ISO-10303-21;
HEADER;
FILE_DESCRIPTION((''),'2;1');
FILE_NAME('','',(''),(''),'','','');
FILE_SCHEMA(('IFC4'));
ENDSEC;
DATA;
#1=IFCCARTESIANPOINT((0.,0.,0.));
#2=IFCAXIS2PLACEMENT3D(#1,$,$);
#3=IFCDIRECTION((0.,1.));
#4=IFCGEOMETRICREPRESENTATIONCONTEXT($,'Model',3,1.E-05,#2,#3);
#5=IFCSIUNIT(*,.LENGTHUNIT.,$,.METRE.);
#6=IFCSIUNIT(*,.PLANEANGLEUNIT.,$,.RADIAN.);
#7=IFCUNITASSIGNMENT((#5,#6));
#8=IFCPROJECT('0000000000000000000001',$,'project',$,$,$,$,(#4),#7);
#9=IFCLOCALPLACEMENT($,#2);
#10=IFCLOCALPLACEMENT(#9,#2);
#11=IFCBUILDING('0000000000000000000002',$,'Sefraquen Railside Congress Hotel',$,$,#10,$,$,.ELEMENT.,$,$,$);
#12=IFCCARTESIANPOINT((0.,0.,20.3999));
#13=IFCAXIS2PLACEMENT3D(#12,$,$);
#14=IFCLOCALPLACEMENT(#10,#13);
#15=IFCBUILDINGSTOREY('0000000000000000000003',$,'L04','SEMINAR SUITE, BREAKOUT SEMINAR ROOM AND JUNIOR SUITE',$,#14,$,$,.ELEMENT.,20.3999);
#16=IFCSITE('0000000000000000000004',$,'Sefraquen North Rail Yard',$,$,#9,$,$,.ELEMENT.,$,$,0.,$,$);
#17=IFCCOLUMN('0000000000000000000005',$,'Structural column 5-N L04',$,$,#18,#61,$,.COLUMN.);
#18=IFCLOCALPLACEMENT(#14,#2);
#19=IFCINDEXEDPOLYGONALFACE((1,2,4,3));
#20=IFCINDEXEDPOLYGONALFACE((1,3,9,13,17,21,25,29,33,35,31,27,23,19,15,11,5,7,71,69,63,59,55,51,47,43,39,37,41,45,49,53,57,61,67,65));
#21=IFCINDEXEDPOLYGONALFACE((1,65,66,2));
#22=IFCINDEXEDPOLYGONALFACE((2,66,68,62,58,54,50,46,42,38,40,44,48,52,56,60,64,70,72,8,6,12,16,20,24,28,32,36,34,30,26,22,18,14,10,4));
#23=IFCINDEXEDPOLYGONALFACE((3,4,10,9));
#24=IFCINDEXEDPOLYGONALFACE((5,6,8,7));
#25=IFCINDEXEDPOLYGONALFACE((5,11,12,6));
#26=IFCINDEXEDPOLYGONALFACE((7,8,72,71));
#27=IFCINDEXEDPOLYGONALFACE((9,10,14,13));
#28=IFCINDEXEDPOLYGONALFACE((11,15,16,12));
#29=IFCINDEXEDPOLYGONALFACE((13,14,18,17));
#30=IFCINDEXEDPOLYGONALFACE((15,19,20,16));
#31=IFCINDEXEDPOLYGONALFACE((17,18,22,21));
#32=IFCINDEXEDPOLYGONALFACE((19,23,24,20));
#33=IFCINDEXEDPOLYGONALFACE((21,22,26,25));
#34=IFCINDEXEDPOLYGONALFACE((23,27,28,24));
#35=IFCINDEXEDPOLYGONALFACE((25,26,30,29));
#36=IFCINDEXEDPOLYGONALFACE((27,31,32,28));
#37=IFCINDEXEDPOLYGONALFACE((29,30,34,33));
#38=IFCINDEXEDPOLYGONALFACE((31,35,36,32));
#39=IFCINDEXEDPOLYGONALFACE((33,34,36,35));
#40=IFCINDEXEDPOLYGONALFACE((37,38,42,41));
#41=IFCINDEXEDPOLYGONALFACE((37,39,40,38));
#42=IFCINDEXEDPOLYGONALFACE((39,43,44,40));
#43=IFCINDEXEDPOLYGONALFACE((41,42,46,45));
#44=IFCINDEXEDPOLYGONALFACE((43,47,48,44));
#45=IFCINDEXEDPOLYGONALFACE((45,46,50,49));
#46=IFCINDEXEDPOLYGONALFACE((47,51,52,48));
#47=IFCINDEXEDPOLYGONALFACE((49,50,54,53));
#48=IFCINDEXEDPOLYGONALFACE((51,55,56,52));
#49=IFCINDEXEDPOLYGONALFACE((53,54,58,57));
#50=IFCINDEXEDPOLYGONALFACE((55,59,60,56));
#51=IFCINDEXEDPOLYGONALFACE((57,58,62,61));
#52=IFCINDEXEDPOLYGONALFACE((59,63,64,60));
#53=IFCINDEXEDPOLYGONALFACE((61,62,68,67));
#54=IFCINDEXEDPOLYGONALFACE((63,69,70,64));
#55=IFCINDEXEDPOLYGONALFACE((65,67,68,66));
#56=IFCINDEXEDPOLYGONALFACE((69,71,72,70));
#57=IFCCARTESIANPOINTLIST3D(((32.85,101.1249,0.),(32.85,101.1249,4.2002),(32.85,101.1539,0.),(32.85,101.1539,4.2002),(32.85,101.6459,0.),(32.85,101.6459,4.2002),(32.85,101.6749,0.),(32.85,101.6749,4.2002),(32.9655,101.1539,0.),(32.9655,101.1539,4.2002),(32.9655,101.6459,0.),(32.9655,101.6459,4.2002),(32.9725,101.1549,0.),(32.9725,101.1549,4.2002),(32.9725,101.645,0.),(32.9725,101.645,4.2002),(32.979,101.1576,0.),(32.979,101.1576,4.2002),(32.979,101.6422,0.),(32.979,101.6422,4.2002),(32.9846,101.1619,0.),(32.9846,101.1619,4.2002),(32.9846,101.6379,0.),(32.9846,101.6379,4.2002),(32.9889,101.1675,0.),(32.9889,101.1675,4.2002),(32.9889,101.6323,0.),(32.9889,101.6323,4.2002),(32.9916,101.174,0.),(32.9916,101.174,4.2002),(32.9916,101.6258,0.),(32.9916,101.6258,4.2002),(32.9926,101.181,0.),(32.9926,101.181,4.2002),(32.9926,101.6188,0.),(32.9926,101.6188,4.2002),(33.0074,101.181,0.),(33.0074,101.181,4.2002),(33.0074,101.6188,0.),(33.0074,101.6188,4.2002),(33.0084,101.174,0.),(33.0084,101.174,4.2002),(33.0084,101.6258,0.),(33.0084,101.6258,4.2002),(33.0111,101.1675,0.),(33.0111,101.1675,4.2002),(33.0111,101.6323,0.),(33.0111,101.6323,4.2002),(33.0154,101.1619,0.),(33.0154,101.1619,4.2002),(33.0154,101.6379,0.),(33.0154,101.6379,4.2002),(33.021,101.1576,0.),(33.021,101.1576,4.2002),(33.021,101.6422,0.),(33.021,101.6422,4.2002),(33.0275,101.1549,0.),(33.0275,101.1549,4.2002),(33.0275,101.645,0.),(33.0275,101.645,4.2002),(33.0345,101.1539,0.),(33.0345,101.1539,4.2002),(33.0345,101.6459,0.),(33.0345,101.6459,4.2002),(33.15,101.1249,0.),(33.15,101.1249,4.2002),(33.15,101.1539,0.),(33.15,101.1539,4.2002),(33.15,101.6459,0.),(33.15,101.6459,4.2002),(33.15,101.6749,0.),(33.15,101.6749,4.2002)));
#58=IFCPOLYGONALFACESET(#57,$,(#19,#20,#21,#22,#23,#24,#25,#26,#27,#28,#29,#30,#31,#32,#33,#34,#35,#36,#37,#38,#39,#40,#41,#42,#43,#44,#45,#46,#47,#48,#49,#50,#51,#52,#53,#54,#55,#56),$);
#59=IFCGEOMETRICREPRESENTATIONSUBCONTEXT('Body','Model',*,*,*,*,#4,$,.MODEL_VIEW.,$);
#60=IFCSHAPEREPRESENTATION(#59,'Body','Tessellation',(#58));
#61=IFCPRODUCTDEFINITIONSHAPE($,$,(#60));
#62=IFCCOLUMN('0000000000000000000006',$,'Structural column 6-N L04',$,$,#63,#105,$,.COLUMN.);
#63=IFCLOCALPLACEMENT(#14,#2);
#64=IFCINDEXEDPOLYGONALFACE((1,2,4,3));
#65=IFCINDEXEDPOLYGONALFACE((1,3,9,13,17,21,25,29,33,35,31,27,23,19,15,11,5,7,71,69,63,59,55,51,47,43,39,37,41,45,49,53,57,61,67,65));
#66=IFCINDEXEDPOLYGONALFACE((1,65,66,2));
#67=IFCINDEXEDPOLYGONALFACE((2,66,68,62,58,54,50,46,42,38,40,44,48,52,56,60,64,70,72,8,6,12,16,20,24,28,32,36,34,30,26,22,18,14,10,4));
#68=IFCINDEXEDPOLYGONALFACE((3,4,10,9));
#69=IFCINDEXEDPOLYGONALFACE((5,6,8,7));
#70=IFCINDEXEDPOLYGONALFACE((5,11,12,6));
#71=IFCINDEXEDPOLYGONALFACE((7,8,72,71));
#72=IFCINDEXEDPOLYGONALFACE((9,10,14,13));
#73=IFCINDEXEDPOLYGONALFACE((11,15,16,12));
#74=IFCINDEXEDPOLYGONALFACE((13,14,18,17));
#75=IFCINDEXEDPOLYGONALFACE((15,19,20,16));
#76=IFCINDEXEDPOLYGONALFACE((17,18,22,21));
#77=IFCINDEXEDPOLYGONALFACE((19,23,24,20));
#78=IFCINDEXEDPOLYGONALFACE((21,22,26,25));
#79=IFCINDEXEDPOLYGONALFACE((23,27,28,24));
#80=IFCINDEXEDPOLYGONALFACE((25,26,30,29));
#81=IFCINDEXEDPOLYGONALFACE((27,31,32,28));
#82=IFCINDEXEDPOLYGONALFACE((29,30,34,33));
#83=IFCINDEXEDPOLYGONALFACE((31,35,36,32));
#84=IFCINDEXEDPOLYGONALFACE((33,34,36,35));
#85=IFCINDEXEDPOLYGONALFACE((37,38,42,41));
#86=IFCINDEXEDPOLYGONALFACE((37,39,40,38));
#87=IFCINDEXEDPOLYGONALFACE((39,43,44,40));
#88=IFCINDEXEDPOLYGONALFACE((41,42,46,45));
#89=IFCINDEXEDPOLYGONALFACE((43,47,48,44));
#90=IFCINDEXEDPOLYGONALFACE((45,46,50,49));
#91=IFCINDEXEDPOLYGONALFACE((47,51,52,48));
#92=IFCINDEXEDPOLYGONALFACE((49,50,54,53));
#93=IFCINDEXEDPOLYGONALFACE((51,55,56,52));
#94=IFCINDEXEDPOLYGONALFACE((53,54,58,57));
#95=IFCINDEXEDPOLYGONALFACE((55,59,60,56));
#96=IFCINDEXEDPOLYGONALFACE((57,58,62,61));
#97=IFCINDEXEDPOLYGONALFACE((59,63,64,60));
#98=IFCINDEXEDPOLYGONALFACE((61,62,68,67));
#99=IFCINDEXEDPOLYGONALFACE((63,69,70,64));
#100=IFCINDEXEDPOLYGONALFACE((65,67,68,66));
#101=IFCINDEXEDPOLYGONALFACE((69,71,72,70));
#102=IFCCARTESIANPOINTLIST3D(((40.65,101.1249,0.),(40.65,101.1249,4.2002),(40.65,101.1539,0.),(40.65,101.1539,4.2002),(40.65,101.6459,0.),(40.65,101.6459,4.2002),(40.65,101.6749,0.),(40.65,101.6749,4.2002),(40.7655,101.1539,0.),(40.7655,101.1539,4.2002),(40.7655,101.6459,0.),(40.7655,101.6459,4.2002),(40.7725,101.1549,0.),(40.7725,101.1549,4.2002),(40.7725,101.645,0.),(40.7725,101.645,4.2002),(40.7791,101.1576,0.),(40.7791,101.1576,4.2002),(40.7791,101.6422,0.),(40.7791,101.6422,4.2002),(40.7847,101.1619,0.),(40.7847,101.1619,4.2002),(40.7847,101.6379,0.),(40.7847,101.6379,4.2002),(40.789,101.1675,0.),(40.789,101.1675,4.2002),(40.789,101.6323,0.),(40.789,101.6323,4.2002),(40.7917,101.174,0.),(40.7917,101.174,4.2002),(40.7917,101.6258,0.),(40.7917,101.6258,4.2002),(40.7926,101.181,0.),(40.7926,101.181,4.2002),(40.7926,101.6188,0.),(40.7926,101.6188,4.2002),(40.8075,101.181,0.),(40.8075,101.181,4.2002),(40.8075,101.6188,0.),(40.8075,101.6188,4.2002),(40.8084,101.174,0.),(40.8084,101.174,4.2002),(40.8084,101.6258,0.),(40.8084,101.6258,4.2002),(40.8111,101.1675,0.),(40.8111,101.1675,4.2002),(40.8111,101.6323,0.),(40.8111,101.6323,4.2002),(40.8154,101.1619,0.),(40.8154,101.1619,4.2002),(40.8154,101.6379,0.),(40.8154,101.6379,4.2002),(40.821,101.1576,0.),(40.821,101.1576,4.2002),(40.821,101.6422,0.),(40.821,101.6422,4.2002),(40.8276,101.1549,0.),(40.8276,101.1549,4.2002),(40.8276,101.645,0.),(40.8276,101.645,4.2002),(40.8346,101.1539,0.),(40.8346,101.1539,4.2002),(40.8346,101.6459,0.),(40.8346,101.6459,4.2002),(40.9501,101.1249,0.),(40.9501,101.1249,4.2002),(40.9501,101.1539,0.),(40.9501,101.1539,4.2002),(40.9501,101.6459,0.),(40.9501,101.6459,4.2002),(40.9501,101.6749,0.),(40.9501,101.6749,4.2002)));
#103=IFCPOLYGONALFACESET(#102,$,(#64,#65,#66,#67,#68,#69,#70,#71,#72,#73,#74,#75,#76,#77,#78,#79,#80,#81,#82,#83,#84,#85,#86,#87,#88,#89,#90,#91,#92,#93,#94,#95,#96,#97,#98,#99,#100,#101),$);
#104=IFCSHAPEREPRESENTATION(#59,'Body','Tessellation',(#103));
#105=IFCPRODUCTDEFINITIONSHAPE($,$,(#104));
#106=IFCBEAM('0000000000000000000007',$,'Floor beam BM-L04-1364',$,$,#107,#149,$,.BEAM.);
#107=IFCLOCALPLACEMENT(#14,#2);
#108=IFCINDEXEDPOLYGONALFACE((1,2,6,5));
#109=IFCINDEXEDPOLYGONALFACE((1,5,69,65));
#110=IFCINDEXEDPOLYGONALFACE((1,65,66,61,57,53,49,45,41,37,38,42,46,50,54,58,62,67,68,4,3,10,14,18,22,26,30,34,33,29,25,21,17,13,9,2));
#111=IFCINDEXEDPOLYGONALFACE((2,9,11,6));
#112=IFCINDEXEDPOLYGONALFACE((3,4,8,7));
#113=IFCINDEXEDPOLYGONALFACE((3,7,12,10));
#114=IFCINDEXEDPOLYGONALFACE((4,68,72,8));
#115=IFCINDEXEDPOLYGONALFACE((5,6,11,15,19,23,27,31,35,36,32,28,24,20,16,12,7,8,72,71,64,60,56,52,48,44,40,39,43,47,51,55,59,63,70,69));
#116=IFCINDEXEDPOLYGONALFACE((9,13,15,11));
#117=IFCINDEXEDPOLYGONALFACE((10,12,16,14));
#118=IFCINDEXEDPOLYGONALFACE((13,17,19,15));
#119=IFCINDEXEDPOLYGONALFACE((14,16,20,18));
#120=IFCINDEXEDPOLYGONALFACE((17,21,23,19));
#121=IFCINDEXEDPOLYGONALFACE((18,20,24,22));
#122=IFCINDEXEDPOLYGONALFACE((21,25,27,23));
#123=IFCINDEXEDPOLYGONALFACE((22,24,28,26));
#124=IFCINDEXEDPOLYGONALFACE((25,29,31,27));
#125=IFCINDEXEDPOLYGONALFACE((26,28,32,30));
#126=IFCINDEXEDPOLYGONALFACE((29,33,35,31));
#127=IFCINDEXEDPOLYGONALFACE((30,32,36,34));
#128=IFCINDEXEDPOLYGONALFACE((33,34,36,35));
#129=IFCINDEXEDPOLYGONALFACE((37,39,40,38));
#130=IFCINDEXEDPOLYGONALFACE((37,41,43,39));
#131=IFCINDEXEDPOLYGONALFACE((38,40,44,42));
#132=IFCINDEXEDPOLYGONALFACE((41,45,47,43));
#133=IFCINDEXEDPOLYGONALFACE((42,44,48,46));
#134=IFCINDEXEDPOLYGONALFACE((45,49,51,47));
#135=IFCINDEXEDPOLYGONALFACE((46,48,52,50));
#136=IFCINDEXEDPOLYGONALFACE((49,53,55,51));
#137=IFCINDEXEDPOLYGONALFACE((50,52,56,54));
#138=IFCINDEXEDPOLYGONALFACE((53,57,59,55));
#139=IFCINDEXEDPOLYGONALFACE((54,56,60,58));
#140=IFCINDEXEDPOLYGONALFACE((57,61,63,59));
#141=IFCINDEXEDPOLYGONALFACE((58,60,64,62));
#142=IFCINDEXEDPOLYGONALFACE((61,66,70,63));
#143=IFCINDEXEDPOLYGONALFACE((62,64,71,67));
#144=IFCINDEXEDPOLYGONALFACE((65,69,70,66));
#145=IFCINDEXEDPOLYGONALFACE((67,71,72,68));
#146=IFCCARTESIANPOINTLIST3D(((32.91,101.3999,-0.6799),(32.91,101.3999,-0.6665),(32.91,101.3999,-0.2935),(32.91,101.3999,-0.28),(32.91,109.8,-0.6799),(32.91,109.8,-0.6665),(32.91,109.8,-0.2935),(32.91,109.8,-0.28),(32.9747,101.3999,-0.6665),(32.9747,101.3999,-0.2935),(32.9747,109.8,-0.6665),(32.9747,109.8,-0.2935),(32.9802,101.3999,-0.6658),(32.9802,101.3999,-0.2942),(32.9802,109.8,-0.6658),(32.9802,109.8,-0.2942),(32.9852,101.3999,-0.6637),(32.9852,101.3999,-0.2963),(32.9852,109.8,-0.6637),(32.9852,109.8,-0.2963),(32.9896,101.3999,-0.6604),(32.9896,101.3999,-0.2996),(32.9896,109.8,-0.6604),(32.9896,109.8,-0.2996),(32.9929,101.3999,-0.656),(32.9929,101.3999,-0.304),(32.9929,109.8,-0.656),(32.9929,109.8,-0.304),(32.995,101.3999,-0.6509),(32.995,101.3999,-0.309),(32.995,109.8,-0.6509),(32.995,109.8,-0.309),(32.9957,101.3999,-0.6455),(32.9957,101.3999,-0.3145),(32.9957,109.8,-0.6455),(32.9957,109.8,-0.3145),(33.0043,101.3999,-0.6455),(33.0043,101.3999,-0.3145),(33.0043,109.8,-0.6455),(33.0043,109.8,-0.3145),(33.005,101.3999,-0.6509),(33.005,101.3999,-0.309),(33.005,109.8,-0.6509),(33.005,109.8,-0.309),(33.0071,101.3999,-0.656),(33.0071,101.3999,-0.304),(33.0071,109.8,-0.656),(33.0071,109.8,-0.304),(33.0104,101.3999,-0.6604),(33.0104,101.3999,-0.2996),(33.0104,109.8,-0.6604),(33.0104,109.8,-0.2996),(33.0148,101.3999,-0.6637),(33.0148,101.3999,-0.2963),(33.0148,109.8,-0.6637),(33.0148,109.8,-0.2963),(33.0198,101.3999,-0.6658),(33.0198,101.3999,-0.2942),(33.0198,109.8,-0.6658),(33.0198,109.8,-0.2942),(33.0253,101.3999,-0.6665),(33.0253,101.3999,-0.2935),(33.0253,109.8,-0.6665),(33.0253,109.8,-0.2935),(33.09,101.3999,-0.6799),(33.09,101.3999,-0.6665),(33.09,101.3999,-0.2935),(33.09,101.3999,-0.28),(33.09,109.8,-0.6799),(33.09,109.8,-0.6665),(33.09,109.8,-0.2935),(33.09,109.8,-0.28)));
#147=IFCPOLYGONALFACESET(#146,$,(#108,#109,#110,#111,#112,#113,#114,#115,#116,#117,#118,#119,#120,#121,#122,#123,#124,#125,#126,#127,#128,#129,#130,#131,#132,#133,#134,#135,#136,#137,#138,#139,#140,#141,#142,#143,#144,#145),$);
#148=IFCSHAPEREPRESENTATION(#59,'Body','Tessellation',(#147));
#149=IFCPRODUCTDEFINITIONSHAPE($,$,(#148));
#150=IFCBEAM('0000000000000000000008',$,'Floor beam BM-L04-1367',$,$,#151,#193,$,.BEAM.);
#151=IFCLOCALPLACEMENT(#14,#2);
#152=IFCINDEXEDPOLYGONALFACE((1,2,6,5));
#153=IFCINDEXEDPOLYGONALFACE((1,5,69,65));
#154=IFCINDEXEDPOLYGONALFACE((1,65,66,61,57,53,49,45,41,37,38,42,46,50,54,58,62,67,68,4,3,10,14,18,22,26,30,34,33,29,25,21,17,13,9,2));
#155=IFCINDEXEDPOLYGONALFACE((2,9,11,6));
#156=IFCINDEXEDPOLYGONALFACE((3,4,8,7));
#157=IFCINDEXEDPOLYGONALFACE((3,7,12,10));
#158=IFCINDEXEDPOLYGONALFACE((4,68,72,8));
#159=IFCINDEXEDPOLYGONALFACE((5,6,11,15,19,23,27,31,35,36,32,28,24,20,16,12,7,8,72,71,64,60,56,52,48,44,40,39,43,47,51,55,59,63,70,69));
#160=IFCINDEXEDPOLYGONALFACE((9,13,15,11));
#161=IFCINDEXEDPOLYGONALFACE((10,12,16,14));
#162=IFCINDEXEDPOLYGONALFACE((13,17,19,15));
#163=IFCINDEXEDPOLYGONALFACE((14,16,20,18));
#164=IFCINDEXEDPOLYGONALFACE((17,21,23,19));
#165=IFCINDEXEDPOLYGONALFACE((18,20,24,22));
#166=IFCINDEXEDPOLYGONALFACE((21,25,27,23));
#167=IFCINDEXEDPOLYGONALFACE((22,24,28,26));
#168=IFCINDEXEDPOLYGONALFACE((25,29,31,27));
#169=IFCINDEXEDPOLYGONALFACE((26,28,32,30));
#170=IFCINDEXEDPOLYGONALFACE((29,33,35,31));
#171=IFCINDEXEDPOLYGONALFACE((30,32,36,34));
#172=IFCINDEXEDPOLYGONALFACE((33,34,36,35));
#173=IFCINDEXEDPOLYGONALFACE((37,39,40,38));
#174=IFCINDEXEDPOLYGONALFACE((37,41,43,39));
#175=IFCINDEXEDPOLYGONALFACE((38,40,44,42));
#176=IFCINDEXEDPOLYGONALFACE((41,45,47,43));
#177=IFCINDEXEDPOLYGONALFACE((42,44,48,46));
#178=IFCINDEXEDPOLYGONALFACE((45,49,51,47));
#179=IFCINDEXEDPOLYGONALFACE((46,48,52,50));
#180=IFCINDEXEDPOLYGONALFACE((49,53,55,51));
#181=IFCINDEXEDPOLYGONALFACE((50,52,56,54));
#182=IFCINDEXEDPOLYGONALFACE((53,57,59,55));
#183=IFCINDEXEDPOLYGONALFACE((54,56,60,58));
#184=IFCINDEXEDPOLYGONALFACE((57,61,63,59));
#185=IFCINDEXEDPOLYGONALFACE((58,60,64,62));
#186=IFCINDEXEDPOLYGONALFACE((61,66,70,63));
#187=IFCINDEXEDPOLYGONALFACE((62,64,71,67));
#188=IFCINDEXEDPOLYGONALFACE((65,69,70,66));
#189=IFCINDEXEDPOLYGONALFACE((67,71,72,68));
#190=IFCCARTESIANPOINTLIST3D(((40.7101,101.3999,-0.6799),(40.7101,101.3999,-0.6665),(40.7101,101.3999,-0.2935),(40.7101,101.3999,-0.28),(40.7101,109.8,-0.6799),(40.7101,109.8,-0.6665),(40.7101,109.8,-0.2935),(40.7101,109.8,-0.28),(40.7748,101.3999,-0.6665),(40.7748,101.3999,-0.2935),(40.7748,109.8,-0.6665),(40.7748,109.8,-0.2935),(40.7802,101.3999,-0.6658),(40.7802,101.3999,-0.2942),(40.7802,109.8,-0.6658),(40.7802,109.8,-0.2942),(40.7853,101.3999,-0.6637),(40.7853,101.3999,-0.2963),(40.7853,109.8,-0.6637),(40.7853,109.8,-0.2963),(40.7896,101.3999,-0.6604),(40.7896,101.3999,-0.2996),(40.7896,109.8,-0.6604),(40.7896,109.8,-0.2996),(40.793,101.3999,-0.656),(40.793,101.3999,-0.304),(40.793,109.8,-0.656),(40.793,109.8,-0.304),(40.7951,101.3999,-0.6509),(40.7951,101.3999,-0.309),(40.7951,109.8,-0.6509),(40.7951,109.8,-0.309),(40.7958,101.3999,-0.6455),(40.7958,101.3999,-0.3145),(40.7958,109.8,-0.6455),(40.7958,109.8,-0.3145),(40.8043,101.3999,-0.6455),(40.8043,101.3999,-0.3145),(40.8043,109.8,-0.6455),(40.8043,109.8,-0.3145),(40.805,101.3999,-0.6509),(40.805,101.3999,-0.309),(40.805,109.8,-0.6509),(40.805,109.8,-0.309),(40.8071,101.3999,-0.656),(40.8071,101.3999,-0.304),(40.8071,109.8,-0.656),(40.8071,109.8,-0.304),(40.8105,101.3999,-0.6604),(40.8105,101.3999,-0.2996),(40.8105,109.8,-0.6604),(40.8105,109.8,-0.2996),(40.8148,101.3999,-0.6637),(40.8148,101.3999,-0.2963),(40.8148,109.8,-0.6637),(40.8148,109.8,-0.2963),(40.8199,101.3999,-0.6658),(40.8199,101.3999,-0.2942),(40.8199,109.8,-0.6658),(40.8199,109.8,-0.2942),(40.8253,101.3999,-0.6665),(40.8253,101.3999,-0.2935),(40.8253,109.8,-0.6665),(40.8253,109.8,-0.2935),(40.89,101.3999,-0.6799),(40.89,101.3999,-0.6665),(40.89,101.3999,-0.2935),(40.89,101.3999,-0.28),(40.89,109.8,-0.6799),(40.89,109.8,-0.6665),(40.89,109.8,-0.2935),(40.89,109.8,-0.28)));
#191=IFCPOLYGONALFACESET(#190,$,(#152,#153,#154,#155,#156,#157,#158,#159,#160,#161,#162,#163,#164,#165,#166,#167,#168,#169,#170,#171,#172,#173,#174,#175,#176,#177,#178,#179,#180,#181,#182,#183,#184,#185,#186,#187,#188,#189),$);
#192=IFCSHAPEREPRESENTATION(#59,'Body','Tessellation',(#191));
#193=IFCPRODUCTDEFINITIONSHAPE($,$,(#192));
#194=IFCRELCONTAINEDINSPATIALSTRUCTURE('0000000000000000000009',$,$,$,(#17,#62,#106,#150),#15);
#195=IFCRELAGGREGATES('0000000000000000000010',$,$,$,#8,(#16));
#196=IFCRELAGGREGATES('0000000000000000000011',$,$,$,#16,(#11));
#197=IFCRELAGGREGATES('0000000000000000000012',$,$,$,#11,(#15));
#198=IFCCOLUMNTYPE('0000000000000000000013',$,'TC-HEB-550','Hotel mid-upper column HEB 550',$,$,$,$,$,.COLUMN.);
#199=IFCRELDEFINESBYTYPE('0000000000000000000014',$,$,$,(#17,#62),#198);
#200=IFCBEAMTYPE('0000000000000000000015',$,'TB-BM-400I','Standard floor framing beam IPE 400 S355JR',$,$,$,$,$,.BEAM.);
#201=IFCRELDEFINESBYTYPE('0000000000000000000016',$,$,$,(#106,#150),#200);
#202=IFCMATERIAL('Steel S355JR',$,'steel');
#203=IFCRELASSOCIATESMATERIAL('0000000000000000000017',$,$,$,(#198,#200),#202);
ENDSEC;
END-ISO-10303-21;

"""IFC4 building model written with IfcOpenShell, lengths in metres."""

from ifc_helpers import new_model, si_unit, direction, frame, origin, origin_2d, place, context, subcontext, project, spatial, i_section, extrude, material, material_profile, profile_set, type_object, element, save


model = new_model("IFC4")

# Units and contexts
model_context = context("Model", 3, precision=1e-05, world=origin(), true_north=direction((0.0, 1.0)))
body_context = subcontext(model_context, "Body", "Model", "MODEL_VIEW")
ifc_project = project(units=[si_unit("LENGTHUNIT", "METRE"), si_unit("PLANEANGLEUNIT", "RADIAN")], contexts=[model_context])

# Site, building, storey
site_placement = place(None, origin())
site = spatial("IfcSite", under=ifc_project, at=site_placement, Name="Sefraquen North Rail Yard", CompositionType="ELEMENT", RefElevation=0.0)
building_placement = place(site_placement, origin())
building = spatial("IfcBuilding", under=site, at=building_placement, Name="Sefraquen Railside Congress Hotel", CompositionType="ELEMENT")
storey_placement = place(building_placement, frame((0.0, 0.0, 20.3999)))
storey = spatial("IfcBuildingStorey", under=building, at=storey_placement, Name="L04", Description="SEMINAR SUITE, BREAKOUT SEMINAR ROOM AND JUNIOR SUITE", CompositionType="ELEMENT", Elevation=20.3999)

# Columns
ifc_material_1 = material(Name="Steel S355JR", Category="steel")
ifc_material_profile_1 = material_profile(ifc_material_1, i_section(OverallWidth=0.3, OverallDepth=0.55, WebThickness=0.0149, FlangeThickness=0.0291, FilletRadius=0.0271, at=origin_2d()), Name="HEB 550")
ifc_profile_set_1 = profile_set([ifc_material_profile_1], Name="Steel S355JR")
column_type = type_object("IfcColumnType", Name="TC-HEB-550", Description="Hotel mid-upper column HEB 550", PredefinedType="COLUMN", material=ifc_profile_set_1)
for number, where, z_axis, x_axis, name in (
    (1, (33.0, 101.3999, 0.0), (0.0, 0.0, 1.0), (1.0, 0.0, 0.0), "Structural column 5-N L04"),
    (2, (40.8, 101.3999, 0.0), (0.0, 0.0, 1.0), (1.0, 0.0, 0.0), "Structural column 6-N L04"),
):
    element("IfcColumn", number, at=place(storey_placement, frame(where, z_axis=z_axis, x_axis=x_axis)), inside=storey, type_object=column_type, Name=name, PredefinedType="COLUMN", context=body_context, shape_type="SweptSolid", body=[
        extrude(i_section(OverallWidth=0.3, OverallDepth=0.55, WebThickness=0.0149, FlangeThickness=0.0291, FilletRadius=0.0271, at=origin_2d()), origin(), (0.0, 0.0, 1.0), 4.2002),
    ])

# Beams
ifc_material_profile_2 = material_profile(ifc_material_1, i_section(OverallWidth=0.1799, OverallDepth=0.3999, WebThickness=0.0085, FlangeThickness=0.0134, FilletRadius=0.021, at=origin_2d()), Name="IPE 400")
ifc_profile_set_2 = profile_set([ifc_material_profile_2], Name="Steel S355JR")
beam_type_1 = type_object("IfcBeamType", Name="TB-BM-400I", Description="Standard floor framing beam IPE 400 S355JR", PredefinedType="BEAM", material=ifc_profile_set_2)
for number, where, z_axis, x_axis, name in (
    (3, (33.0, 101.3999, -0.48), (0.0, 1.0, 0.0), (-1.0, 0.0, 0.0), "Floor beam BM-L04-1364"),
    (4, (40.8, 101.3999, -0.48), (0.0, 1.0, 0.0), (-1.0, 0.0, 0.0), "Floor beam BM-L04-1367"),
):
    element("IfcBeam", number, at=place(storey_placement, frame(where, z_axis=z_axis, x_axis=x_axis)), inside=storey, type_object=beam_type_1, Name=name, PredefinedType="BEAM", context=body_context, shape_type="SweptSolid", body=[
        extrude(i_section(OverallWidth=0.1799, OverallDepth=0.3999, WebThickness=0.0085, FlangeThickness=0.0134, FilletRadius=0.021, at=origin_2d()), origin(), (0.0, 0.0, 1.0), 8.4001),
    ])

save(model, "model.ifc")
